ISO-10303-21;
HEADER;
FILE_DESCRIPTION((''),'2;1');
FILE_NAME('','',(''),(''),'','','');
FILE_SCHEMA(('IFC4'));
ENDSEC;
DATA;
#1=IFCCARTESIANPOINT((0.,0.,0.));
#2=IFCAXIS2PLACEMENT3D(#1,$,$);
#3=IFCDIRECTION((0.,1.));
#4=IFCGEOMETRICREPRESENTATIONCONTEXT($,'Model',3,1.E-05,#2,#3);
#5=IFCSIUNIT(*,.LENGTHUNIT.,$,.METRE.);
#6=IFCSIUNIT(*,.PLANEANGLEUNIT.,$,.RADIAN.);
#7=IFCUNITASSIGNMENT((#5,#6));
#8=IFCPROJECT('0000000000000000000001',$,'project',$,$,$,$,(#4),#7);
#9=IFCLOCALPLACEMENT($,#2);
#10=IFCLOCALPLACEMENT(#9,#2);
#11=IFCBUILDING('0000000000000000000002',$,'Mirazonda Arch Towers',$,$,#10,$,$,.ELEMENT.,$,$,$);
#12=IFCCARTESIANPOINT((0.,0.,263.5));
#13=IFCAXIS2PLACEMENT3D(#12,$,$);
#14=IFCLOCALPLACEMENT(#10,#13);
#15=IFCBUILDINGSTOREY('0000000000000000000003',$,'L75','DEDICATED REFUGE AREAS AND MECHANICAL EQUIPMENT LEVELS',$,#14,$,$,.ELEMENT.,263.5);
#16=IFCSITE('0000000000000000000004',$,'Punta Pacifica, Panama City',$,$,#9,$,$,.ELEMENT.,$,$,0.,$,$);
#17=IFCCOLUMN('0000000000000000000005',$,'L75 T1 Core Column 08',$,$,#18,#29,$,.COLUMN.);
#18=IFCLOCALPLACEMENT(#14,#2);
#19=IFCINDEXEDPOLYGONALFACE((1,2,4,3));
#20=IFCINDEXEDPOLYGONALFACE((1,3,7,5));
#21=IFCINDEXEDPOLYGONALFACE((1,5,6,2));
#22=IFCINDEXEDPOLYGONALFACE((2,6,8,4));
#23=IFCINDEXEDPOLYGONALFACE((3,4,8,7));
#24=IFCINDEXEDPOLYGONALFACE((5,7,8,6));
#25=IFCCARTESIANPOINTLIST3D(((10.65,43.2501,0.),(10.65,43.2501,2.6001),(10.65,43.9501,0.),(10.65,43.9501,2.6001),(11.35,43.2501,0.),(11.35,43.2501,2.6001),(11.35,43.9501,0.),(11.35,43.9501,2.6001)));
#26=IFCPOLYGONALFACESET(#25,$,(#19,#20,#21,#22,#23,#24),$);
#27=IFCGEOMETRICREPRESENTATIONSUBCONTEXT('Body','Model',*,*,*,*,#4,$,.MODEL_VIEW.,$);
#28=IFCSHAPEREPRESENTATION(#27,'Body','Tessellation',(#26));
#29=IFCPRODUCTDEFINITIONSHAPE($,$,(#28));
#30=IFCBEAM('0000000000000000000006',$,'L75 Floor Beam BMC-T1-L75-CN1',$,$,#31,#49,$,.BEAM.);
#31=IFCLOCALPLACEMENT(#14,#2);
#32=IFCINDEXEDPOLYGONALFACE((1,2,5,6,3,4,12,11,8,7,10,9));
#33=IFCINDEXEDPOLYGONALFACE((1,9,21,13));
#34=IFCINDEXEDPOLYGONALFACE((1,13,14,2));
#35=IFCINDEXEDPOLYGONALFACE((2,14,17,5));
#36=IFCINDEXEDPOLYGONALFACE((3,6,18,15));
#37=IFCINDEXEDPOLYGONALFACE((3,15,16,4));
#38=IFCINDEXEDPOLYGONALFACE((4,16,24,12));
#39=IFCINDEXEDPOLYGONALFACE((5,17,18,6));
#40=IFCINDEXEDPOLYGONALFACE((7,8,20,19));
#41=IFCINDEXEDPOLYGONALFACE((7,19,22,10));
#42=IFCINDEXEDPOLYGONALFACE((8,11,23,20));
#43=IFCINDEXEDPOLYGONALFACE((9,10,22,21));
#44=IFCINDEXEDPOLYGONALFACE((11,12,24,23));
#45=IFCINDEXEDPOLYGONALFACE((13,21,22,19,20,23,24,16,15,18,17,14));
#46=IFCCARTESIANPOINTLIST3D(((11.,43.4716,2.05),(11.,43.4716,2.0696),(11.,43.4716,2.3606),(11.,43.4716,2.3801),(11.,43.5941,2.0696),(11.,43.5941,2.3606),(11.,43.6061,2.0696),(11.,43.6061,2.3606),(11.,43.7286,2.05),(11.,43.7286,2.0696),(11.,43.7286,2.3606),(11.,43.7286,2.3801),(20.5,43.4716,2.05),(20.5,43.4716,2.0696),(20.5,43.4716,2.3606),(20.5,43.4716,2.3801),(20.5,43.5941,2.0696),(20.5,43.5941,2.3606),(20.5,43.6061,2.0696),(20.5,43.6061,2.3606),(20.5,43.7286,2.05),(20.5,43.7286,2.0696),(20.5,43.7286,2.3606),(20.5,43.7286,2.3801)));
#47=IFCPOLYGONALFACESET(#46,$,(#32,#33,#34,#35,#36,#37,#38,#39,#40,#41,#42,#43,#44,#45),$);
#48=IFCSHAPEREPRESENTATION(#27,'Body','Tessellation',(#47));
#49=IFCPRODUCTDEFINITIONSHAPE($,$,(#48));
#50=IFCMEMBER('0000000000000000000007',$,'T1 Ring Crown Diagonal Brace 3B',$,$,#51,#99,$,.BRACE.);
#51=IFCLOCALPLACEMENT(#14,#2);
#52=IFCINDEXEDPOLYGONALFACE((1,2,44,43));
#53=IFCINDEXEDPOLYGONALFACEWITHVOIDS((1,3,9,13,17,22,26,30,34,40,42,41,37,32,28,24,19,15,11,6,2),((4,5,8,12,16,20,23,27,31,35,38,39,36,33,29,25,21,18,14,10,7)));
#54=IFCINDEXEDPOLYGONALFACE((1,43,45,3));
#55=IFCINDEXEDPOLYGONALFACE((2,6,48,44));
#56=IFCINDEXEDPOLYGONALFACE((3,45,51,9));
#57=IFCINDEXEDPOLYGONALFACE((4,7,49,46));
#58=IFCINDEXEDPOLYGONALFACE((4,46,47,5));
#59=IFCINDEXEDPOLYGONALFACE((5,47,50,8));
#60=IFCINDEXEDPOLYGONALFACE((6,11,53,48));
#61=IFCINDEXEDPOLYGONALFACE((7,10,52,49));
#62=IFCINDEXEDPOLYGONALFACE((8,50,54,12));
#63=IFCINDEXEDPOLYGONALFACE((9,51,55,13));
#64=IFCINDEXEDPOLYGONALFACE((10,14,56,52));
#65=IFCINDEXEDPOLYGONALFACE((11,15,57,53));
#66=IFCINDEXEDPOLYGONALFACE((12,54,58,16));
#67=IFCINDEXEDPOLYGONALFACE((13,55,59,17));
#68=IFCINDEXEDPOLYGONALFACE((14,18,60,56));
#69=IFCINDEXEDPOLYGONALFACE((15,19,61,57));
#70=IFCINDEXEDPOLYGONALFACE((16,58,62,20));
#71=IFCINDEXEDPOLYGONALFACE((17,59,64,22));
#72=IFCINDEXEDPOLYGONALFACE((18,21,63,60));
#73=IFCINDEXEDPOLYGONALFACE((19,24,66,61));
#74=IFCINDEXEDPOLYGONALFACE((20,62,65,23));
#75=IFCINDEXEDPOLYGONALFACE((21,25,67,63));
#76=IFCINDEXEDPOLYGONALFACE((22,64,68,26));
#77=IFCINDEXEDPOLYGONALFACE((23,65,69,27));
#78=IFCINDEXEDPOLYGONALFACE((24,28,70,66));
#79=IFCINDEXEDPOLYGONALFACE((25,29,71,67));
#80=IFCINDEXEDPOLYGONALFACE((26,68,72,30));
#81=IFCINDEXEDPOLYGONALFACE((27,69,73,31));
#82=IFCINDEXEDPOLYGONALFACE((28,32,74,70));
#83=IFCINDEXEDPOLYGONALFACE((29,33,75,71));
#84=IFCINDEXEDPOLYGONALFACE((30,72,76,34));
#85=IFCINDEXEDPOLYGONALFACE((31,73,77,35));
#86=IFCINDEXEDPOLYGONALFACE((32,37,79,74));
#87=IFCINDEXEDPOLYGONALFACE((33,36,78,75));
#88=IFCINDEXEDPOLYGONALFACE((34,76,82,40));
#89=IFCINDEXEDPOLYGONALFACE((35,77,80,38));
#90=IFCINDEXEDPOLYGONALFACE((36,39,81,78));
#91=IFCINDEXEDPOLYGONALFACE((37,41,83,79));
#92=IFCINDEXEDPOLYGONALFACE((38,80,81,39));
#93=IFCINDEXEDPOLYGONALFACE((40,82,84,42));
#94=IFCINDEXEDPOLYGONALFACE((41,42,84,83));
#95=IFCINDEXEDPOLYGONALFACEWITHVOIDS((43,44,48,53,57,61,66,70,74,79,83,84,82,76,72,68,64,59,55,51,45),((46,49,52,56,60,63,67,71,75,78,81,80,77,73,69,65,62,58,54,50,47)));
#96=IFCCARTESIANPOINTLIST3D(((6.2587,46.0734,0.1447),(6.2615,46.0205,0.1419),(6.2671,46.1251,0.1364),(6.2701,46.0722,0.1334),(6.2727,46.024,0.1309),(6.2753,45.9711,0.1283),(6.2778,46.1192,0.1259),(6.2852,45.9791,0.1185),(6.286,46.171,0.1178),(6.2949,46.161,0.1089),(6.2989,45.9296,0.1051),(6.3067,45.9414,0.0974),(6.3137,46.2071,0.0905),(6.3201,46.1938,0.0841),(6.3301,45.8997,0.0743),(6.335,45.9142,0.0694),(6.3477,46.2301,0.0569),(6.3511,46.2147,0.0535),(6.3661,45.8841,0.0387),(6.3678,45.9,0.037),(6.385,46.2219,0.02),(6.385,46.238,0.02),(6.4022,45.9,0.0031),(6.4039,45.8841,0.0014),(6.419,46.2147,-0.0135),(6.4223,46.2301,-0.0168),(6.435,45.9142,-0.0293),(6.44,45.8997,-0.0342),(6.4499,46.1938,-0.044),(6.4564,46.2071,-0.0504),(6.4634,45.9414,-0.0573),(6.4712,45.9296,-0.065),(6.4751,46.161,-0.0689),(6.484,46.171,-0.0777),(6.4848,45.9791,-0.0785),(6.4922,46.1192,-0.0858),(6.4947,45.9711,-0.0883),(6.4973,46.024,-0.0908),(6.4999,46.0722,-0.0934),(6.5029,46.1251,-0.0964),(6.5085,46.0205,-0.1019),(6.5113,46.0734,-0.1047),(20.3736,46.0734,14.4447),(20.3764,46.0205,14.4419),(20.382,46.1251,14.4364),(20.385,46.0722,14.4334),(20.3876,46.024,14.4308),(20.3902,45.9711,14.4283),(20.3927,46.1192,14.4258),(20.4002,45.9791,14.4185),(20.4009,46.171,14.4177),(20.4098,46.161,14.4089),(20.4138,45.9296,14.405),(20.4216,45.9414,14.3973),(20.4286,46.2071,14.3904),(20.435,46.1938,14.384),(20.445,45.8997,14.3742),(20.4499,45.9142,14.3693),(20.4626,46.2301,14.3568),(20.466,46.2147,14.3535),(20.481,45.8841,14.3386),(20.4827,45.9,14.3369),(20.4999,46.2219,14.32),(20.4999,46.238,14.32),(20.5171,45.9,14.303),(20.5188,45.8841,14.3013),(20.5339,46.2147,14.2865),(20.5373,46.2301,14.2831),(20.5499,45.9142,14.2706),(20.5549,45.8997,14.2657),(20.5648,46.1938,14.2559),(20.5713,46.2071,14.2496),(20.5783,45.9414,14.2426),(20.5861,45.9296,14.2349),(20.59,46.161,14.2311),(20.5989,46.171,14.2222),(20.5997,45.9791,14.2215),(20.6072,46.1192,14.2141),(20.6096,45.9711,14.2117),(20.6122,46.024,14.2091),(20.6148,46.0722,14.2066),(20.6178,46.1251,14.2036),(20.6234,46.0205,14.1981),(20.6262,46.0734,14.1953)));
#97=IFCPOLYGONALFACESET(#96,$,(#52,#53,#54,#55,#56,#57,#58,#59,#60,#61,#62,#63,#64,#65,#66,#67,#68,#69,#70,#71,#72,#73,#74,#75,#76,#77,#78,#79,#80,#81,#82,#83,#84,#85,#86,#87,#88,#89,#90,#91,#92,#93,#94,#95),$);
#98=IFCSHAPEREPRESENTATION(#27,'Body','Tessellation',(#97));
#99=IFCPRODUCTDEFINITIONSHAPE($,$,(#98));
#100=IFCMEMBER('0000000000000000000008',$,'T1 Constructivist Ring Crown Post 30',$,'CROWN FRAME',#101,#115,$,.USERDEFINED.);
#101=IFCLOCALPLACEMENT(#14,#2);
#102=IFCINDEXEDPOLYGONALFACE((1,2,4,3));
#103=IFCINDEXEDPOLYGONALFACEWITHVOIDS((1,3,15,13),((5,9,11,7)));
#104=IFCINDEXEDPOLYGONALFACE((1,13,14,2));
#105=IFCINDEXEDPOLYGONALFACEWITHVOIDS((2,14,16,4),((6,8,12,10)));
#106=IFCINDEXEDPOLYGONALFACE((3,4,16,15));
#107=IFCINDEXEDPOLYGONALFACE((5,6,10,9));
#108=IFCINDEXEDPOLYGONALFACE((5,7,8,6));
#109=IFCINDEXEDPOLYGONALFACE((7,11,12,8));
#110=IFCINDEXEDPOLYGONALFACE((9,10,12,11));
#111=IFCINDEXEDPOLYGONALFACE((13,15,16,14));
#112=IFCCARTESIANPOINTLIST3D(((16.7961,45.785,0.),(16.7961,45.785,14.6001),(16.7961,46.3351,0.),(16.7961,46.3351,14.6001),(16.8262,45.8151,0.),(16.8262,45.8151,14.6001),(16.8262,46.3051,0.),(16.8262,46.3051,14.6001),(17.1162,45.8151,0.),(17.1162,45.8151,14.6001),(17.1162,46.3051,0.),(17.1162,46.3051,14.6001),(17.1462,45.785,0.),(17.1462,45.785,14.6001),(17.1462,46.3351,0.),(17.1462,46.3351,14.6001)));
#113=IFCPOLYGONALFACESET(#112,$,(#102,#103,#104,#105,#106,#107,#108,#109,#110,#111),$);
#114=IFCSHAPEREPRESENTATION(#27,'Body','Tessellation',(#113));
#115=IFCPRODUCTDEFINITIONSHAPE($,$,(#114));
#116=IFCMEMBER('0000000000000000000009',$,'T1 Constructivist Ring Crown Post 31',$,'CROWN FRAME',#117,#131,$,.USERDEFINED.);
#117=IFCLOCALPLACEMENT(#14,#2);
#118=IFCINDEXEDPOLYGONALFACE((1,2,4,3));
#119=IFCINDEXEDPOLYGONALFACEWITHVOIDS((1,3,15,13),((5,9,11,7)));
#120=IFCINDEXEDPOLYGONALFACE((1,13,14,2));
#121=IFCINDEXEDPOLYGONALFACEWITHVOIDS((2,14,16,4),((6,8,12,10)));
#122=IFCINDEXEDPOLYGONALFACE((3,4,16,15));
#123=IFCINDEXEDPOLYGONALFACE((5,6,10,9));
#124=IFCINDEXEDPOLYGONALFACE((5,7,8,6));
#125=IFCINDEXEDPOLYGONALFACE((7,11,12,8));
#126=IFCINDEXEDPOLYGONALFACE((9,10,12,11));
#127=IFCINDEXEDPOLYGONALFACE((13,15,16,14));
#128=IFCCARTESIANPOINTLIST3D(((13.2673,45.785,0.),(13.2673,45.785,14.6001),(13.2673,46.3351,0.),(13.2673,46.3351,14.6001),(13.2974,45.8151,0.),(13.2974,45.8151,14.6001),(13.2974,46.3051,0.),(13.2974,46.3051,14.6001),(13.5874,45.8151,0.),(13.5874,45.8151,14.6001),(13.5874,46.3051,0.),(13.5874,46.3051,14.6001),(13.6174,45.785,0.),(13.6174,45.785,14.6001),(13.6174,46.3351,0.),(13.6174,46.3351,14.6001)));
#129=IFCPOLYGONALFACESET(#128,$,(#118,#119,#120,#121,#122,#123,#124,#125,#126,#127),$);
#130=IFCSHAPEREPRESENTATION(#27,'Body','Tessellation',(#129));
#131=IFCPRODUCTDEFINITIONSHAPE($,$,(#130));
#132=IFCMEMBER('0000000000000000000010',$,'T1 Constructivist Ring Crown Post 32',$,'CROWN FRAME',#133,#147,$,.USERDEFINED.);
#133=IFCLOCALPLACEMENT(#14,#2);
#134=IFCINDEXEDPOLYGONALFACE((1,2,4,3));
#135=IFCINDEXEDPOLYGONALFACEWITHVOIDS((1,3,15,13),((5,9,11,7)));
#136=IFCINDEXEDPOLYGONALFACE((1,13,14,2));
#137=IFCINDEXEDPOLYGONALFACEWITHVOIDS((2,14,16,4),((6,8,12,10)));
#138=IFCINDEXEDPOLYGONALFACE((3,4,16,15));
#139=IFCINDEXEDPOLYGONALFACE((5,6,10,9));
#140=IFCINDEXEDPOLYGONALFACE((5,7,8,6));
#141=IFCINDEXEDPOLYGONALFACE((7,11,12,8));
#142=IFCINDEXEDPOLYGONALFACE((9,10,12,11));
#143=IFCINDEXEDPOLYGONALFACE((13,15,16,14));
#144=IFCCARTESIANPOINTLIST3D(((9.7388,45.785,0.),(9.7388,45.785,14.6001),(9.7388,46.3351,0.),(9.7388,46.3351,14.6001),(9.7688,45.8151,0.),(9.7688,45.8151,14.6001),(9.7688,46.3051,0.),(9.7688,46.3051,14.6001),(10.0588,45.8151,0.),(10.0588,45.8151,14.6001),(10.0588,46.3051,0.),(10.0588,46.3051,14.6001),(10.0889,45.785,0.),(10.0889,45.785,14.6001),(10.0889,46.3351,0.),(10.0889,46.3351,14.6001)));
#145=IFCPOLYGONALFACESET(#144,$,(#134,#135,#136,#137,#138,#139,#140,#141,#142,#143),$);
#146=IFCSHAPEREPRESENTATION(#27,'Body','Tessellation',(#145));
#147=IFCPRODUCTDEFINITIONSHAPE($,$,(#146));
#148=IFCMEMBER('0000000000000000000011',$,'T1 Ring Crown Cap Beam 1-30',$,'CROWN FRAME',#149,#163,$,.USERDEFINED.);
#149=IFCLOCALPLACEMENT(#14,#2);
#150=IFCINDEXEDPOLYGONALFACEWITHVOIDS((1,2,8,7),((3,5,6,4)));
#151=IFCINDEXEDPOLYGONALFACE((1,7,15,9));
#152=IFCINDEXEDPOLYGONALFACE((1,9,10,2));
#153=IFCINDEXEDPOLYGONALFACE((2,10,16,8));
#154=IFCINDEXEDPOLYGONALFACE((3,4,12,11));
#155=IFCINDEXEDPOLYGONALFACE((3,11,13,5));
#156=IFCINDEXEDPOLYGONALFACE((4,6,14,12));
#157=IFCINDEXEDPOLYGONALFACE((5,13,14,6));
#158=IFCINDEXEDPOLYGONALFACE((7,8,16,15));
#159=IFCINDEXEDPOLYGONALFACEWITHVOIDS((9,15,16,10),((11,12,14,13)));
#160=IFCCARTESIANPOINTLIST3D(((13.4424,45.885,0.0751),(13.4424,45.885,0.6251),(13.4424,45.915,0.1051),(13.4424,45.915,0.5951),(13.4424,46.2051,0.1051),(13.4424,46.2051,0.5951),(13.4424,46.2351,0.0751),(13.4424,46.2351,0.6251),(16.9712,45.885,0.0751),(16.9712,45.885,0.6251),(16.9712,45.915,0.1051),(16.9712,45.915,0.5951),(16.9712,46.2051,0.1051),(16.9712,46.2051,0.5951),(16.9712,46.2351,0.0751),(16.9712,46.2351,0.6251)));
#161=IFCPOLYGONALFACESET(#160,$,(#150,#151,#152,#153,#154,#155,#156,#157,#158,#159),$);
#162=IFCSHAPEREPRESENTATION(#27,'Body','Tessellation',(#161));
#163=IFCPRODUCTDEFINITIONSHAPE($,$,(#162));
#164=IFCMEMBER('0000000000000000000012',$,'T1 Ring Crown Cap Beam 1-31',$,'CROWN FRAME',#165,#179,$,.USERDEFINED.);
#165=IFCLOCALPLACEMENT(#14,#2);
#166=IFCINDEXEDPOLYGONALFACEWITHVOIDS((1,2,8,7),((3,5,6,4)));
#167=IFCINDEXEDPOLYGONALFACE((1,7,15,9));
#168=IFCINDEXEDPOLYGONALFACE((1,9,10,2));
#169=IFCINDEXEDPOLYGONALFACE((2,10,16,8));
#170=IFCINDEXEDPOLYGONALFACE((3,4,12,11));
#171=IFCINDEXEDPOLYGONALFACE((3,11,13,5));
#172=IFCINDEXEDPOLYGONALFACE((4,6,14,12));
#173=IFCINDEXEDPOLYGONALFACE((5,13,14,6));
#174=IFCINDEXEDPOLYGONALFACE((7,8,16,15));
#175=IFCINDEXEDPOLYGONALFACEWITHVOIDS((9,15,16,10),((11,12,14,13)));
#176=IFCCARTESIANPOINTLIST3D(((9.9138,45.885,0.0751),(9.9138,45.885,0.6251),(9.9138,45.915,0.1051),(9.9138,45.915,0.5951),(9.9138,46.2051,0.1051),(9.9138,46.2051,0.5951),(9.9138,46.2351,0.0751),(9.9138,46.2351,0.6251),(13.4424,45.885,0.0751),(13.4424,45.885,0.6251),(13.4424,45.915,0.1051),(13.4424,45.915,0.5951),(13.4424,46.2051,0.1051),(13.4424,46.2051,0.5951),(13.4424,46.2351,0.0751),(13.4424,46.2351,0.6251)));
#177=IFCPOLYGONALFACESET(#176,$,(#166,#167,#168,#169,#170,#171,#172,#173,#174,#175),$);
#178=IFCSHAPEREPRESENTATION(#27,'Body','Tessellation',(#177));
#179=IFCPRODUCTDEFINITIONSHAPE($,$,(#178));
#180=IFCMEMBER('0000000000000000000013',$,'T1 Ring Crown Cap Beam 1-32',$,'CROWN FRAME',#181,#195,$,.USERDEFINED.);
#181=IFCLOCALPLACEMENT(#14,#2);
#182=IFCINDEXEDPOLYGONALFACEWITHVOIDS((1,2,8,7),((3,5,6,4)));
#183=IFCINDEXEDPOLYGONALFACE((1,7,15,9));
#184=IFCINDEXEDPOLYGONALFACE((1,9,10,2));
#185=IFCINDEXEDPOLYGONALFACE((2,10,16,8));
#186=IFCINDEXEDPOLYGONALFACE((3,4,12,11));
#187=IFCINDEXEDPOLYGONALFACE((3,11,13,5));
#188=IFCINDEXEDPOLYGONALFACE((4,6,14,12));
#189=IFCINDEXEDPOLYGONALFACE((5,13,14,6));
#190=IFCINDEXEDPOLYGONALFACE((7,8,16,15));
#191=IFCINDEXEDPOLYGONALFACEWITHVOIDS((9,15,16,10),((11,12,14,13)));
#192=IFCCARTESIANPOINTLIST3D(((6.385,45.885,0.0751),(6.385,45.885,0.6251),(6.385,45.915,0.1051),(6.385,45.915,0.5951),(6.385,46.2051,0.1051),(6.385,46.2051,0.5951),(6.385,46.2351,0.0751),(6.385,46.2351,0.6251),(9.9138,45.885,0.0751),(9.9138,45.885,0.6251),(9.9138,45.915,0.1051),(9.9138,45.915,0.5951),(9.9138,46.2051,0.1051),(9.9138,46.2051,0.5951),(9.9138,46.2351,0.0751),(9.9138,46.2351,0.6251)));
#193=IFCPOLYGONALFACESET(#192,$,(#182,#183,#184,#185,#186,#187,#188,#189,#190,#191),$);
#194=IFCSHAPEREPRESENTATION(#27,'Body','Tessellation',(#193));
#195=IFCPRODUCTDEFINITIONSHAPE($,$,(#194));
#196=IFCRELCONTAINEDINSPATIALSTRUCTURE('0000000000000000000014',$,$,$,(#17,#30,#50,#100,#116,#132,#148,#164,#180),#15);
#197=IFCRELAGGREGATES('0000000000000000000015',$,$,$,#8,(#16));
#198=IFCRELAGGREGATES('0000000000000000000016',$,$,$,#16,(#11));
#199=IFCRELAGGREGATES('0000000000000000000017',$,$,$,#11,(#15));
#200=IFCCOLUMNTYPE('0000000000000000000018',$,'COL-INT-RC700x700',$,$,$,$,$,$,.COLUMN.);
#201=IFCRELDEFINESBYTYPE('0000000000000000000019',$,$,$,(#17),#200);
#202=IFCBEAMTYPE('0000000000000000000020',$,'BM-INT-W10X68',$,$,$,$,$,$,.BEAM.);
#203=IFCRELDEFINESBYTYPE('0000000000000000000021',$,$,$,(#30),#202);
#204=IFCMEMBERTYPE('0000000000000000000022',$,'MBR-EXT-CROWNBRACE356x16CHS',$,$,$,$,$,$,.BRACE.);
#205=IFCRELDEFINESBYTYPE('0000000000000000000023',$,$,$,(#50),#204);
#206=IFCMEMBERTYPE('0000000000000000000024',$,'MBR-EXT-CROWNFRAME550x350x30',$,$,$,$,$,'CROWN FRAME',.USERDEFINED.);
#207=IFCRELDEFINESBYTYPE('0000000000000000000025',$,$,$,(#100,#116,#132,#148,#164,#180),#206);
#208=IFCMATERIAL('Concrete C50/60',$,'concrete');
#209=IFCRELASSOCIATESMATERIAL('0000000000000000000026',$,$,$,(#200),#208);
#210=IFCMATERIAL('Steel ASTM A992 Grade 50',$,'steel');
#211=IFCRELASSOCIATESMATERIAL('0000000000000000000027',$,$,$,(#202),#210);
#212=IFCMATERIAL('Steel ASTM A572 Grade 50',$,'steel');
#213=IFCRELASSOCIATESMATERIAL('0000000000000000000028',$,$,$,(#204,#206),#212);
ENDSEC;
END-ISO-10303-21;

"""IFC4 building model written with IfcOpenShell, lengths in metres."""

from ifc_helpers import new_model, si_unit, direction, frame, origin, origin_2d, place, context, subcontext, project, spatial, rectangle, hollow_rectangle, hollow_circle, i_section, extrude, material, material_profile, profile_set, type_object, element, save


model = new_model("IFC4")

# Units and contexts
model_context = context("Model", 3, precision=1e-05, world=origin(), true_north=direction((0.0, 1.0)))
body_context = subcontext(model_context, "Body", "Model", "MODEL_VIEW")
ifc_project = project(units=[si_unit("LENGTHUNIT", "METRE"), si_unit("PLANEANGLEUNIT", "RADIAN")], contexts=[model_context])

# Site, building, storey
site_placement = place(None, origin())
site = spatial("IfcSite", under=ifc_project, at=site_placement, Name="Punta Pacifica, Panama City", CompositionType="ELEMENT", RefElevation=0.0)
building_placement = place(site_placement, origin())
building = spatial("IfcBuilding", under=site, at=building_placement, Name="Mirazonda Arch Towers", CompositionType="ELEMENT")
storey_placement = place(building_placement, frame((0.0, 0.0, 263.5)))
storey = spatial("IfcBuildingStorey", under=building, at=storey_placement, Name="L75", Description="DEDICATED REFUGE AREAS AND MECHANICAL EQUIPMENT LEVELS", CompositionType="ELEMENT", Elevation=263.5)

# Column
ifc_material_1 = material(Name="Concrete C50/60", Category="concrete")
ifc_material_profile_1 = material_profile(ifc_material_1, rectangle(XDim=0.7, YDim=0.7, at=origin_2d()), Name="RC700x700")
ifc_profile_set_1 = profile_set([ifc_material_profile_1], Name="Concrete C50/60")
column_type = type_object("IfcColumnType", Name="COL-INT-RC700x700", PredefinedType="COLUMN", material=ifc_profile_set_1)
column_placement = place(storey_placement, frame((11.0, 43.6001, 0.0), z_axis=(0.0, 0.0, 1.0), x_axis=(1.0, 0.0, 0.0)))
element("IfcColumn", 1, at=column_placement, inside=storey, type_object=column_type, Name="L75 T1 Core Column 08", PredefinedType="COLUMN", context=body_context, shape_type="SweptSolid", body=[
    extrude(rectangle(XDim=0.7, YDim=0.7, at=origin_2d()), origin(), (0.0, 0.0, 1.0), 2.6001),
])

# Beam
ifc_material_2 = material(Name="Steel ASTM A992 Grade 50", Category="steel")
ifc_material_profile_2 = material_profile(ifc_material_2, i_section(OverallWidth=0.2571, OverallDepth=0.3301, WebThickness=0.012, FlangeThickness=0.0195, at=origin_2d()), Name="W10X68")
ifc_profile_set_2 = profile_set([ifc_material_profile_2], Name="Steel ASTM A992 Grade 50")
beam_type = type_object("IfcBeamType", Name="BM-INT-W10X68", PredefinedType="BEAM", material=ifc_profile_set_2)
beam_placement = place(storey_placement, frame((11.0, 43.6001, 2.2151), z_axis=(1.0, 0.0, 0.0), x_axis=(0.0, 1.0, 0.0)))
element("IfcBeam", 2, at=beam_placement, inside=storey, type_object=beam_type, Name="L75 Floor Beam BMC-T1-L75-CN1", PredefinedType="BEAM", context=body_context, shape_type="SweptSolid", body=[
    extrude(i_section(OverallWidth=0.2571, OverallDepth=0.3301, WebThickness=0.012, FlangeThickness=0.0195, at=origin_2d()), origin(), (0.0, 0.0, 1.0), 9.5),
])

# Members
ifc_material_3 = material(Name="Steel ASTM A572 Grade 50", Category="steel")
ifc_material_profile_3 = material_profile(ifc_material_3, hollow_circle(Radius=0.178, WallThickness=0.0161, at=origin_2d()), Name="CROWNBRACE356x16CHS")
ifc_profile_set_3 = profile_set([ifc_material_profile_3], Name="Steel ASTM A572 Grade 50")
member_type_1 = type_object("IfcMemberType", Name="MBR-EXT-CROWNBRACE356x16CHS", PredefinedType="BRACE", material=ifc_profile_set_3)
member_1_placement = place(storey_placement, frame((6.385, 46.0601, 0.02), z_axis=(0.702487, 0.0, 0.711697), x_axis=(0.0, 1.0, 0.0)))
element("IfcMember", 3, at=member_1_placement, inside=storey, type_object=member_type_1, Name="T1 Ring Crown Diagonal Brace 3B", PredefinedType="BRACE", context=body_context, shape_type="SweptSolid", body=[
    extrude(hollow_circle(Radius=0.178, WallThickness=0.0161, at=origin_2d()), origin(), (0.0, 0.0, 1.0), 20.0928),
])
ifc_material_profile_4 = material_profile(ifc_material_3, hollow_rectangle(XDim=0.3501, YDim=0.55, WallThickness=0.03, at=origin_2d()), Name="CROWNFRAME550x350x30")
ifc_profile_set_4 = profile_set([ifc_material_profile_4], Name="Steel ASTM A572 Grade 50")
member_type_2 = type_object("IfcMemberType", Name="MBR-EXT-CROWNFRAME550x350x30", ElementType="CROWN FRAME", PredefinedType="USERDEFINED", material=ifc_profile_set_4)
for number, where, z_axis, x_axis, name in (
    (4, (16.9712, 46.0601, 0.0), (0.0, 0.0, 1.0), (1.0, 0.0, 0.0), "T1 Constructivist Ring Crown Post 30"),
    (5, (13.4424, 46.0601, 0.0), (0.0, 0.0, 1.0), (1.0, 0.0, 0.0), "T1 Constructivist Ring Crown Post 31"),
    (6, (9.9138, 46.0601, 0.0), (0.0, 0.0, 1.0), (1.0, 0.0, 0.0), "T1 Constructivist Ring Crown Post 32"),
):
    element("IfcMember", number, at=place(storey_placement, frame(where, z_axis=z_axis, x_axis=x_axis)), inside=storey, type_object=member_type_2, Name=name, ObjectType="CROWN FRAME", PredefinedType="USERDEFINED", context=body_context, shape_type="SweptSolid", body=[
        extrude(hollow_rectangle(XDim=0.3501, YDim=0.55, WallThickness=0.03, at=origin_2d()), origin(), (0.0, 0.0, 1.0), 14.6001),
    ])
member_2_placement = place(storey_placement, frame((16.9712, 46.0601, 0.3501), z_axis=(-1.0, 0.0, 0.0), x_axis=(0.0, -1.0, 0.0)))
element("IfcMember", 7, at=member_2_placement, inside=storey, type_object=member_type_2, Name="T1 Ring Crown Cap Beam 1-30", ObjectType="CROWN FRAME", PredefinedType="USERDEFINED", context=body_context, shape_type="SweptSolid", body=[
    extrude(hollow_rectangle(XDim=0.3501, YDim=0.55, WallThickness=0.03, at=origin_2d()), origin(), (0.0, 0.0, 1.0), 3.5288),
])
member_3_placement = place(storey_placement, frame((13.4424, 46.0601, 0.3501), z_axis=(-1.0, 0.0, 0.0), x_axis=(0.0, -1.0, 0.0)))
element("IfcMember", 8, at=member_3_placement, inside=storey, type_object=member_type_2, Name="T1 Ring Crown Cap Beam 1-31", ObjectType="CROWN FRAME", PredefinedType="USERDEFINED", context=body_context, shape_type="SweptSolid", body=[
    extrude(hollow_rectangle(XDim=0.3501, YDim=0.55, WallThickness=0.03, at=origin_2d()), origin(), (0.0, 0.0, 1.0), 3.5286),
])
member_4_placement = place(storey_placement, frame((9.9138, 46.0601, 0.3501), z_axis=(-1.0, 0.0, 0.0), x_axis=(0.0, -1.0, 0.0)))
element("IfcMember", 9, at=member_4_placement, inside=storey, type_object=member_type_2, Name="T1 Ring Crown Cap Beam 1-32", ObjectType="CROWN FRAME", PredefinedType="USERDEFINED", context=body_context, shape_type="SweptSolid", body=[
    extrude(hollow_rectangle(XDim=0.3501, YDim=0.55, WallThickness=0.03, at=origin_2d()), origin(), (0.0, 0.0, 1.0), 3.5288),
])

save(model, "model.ifc")
